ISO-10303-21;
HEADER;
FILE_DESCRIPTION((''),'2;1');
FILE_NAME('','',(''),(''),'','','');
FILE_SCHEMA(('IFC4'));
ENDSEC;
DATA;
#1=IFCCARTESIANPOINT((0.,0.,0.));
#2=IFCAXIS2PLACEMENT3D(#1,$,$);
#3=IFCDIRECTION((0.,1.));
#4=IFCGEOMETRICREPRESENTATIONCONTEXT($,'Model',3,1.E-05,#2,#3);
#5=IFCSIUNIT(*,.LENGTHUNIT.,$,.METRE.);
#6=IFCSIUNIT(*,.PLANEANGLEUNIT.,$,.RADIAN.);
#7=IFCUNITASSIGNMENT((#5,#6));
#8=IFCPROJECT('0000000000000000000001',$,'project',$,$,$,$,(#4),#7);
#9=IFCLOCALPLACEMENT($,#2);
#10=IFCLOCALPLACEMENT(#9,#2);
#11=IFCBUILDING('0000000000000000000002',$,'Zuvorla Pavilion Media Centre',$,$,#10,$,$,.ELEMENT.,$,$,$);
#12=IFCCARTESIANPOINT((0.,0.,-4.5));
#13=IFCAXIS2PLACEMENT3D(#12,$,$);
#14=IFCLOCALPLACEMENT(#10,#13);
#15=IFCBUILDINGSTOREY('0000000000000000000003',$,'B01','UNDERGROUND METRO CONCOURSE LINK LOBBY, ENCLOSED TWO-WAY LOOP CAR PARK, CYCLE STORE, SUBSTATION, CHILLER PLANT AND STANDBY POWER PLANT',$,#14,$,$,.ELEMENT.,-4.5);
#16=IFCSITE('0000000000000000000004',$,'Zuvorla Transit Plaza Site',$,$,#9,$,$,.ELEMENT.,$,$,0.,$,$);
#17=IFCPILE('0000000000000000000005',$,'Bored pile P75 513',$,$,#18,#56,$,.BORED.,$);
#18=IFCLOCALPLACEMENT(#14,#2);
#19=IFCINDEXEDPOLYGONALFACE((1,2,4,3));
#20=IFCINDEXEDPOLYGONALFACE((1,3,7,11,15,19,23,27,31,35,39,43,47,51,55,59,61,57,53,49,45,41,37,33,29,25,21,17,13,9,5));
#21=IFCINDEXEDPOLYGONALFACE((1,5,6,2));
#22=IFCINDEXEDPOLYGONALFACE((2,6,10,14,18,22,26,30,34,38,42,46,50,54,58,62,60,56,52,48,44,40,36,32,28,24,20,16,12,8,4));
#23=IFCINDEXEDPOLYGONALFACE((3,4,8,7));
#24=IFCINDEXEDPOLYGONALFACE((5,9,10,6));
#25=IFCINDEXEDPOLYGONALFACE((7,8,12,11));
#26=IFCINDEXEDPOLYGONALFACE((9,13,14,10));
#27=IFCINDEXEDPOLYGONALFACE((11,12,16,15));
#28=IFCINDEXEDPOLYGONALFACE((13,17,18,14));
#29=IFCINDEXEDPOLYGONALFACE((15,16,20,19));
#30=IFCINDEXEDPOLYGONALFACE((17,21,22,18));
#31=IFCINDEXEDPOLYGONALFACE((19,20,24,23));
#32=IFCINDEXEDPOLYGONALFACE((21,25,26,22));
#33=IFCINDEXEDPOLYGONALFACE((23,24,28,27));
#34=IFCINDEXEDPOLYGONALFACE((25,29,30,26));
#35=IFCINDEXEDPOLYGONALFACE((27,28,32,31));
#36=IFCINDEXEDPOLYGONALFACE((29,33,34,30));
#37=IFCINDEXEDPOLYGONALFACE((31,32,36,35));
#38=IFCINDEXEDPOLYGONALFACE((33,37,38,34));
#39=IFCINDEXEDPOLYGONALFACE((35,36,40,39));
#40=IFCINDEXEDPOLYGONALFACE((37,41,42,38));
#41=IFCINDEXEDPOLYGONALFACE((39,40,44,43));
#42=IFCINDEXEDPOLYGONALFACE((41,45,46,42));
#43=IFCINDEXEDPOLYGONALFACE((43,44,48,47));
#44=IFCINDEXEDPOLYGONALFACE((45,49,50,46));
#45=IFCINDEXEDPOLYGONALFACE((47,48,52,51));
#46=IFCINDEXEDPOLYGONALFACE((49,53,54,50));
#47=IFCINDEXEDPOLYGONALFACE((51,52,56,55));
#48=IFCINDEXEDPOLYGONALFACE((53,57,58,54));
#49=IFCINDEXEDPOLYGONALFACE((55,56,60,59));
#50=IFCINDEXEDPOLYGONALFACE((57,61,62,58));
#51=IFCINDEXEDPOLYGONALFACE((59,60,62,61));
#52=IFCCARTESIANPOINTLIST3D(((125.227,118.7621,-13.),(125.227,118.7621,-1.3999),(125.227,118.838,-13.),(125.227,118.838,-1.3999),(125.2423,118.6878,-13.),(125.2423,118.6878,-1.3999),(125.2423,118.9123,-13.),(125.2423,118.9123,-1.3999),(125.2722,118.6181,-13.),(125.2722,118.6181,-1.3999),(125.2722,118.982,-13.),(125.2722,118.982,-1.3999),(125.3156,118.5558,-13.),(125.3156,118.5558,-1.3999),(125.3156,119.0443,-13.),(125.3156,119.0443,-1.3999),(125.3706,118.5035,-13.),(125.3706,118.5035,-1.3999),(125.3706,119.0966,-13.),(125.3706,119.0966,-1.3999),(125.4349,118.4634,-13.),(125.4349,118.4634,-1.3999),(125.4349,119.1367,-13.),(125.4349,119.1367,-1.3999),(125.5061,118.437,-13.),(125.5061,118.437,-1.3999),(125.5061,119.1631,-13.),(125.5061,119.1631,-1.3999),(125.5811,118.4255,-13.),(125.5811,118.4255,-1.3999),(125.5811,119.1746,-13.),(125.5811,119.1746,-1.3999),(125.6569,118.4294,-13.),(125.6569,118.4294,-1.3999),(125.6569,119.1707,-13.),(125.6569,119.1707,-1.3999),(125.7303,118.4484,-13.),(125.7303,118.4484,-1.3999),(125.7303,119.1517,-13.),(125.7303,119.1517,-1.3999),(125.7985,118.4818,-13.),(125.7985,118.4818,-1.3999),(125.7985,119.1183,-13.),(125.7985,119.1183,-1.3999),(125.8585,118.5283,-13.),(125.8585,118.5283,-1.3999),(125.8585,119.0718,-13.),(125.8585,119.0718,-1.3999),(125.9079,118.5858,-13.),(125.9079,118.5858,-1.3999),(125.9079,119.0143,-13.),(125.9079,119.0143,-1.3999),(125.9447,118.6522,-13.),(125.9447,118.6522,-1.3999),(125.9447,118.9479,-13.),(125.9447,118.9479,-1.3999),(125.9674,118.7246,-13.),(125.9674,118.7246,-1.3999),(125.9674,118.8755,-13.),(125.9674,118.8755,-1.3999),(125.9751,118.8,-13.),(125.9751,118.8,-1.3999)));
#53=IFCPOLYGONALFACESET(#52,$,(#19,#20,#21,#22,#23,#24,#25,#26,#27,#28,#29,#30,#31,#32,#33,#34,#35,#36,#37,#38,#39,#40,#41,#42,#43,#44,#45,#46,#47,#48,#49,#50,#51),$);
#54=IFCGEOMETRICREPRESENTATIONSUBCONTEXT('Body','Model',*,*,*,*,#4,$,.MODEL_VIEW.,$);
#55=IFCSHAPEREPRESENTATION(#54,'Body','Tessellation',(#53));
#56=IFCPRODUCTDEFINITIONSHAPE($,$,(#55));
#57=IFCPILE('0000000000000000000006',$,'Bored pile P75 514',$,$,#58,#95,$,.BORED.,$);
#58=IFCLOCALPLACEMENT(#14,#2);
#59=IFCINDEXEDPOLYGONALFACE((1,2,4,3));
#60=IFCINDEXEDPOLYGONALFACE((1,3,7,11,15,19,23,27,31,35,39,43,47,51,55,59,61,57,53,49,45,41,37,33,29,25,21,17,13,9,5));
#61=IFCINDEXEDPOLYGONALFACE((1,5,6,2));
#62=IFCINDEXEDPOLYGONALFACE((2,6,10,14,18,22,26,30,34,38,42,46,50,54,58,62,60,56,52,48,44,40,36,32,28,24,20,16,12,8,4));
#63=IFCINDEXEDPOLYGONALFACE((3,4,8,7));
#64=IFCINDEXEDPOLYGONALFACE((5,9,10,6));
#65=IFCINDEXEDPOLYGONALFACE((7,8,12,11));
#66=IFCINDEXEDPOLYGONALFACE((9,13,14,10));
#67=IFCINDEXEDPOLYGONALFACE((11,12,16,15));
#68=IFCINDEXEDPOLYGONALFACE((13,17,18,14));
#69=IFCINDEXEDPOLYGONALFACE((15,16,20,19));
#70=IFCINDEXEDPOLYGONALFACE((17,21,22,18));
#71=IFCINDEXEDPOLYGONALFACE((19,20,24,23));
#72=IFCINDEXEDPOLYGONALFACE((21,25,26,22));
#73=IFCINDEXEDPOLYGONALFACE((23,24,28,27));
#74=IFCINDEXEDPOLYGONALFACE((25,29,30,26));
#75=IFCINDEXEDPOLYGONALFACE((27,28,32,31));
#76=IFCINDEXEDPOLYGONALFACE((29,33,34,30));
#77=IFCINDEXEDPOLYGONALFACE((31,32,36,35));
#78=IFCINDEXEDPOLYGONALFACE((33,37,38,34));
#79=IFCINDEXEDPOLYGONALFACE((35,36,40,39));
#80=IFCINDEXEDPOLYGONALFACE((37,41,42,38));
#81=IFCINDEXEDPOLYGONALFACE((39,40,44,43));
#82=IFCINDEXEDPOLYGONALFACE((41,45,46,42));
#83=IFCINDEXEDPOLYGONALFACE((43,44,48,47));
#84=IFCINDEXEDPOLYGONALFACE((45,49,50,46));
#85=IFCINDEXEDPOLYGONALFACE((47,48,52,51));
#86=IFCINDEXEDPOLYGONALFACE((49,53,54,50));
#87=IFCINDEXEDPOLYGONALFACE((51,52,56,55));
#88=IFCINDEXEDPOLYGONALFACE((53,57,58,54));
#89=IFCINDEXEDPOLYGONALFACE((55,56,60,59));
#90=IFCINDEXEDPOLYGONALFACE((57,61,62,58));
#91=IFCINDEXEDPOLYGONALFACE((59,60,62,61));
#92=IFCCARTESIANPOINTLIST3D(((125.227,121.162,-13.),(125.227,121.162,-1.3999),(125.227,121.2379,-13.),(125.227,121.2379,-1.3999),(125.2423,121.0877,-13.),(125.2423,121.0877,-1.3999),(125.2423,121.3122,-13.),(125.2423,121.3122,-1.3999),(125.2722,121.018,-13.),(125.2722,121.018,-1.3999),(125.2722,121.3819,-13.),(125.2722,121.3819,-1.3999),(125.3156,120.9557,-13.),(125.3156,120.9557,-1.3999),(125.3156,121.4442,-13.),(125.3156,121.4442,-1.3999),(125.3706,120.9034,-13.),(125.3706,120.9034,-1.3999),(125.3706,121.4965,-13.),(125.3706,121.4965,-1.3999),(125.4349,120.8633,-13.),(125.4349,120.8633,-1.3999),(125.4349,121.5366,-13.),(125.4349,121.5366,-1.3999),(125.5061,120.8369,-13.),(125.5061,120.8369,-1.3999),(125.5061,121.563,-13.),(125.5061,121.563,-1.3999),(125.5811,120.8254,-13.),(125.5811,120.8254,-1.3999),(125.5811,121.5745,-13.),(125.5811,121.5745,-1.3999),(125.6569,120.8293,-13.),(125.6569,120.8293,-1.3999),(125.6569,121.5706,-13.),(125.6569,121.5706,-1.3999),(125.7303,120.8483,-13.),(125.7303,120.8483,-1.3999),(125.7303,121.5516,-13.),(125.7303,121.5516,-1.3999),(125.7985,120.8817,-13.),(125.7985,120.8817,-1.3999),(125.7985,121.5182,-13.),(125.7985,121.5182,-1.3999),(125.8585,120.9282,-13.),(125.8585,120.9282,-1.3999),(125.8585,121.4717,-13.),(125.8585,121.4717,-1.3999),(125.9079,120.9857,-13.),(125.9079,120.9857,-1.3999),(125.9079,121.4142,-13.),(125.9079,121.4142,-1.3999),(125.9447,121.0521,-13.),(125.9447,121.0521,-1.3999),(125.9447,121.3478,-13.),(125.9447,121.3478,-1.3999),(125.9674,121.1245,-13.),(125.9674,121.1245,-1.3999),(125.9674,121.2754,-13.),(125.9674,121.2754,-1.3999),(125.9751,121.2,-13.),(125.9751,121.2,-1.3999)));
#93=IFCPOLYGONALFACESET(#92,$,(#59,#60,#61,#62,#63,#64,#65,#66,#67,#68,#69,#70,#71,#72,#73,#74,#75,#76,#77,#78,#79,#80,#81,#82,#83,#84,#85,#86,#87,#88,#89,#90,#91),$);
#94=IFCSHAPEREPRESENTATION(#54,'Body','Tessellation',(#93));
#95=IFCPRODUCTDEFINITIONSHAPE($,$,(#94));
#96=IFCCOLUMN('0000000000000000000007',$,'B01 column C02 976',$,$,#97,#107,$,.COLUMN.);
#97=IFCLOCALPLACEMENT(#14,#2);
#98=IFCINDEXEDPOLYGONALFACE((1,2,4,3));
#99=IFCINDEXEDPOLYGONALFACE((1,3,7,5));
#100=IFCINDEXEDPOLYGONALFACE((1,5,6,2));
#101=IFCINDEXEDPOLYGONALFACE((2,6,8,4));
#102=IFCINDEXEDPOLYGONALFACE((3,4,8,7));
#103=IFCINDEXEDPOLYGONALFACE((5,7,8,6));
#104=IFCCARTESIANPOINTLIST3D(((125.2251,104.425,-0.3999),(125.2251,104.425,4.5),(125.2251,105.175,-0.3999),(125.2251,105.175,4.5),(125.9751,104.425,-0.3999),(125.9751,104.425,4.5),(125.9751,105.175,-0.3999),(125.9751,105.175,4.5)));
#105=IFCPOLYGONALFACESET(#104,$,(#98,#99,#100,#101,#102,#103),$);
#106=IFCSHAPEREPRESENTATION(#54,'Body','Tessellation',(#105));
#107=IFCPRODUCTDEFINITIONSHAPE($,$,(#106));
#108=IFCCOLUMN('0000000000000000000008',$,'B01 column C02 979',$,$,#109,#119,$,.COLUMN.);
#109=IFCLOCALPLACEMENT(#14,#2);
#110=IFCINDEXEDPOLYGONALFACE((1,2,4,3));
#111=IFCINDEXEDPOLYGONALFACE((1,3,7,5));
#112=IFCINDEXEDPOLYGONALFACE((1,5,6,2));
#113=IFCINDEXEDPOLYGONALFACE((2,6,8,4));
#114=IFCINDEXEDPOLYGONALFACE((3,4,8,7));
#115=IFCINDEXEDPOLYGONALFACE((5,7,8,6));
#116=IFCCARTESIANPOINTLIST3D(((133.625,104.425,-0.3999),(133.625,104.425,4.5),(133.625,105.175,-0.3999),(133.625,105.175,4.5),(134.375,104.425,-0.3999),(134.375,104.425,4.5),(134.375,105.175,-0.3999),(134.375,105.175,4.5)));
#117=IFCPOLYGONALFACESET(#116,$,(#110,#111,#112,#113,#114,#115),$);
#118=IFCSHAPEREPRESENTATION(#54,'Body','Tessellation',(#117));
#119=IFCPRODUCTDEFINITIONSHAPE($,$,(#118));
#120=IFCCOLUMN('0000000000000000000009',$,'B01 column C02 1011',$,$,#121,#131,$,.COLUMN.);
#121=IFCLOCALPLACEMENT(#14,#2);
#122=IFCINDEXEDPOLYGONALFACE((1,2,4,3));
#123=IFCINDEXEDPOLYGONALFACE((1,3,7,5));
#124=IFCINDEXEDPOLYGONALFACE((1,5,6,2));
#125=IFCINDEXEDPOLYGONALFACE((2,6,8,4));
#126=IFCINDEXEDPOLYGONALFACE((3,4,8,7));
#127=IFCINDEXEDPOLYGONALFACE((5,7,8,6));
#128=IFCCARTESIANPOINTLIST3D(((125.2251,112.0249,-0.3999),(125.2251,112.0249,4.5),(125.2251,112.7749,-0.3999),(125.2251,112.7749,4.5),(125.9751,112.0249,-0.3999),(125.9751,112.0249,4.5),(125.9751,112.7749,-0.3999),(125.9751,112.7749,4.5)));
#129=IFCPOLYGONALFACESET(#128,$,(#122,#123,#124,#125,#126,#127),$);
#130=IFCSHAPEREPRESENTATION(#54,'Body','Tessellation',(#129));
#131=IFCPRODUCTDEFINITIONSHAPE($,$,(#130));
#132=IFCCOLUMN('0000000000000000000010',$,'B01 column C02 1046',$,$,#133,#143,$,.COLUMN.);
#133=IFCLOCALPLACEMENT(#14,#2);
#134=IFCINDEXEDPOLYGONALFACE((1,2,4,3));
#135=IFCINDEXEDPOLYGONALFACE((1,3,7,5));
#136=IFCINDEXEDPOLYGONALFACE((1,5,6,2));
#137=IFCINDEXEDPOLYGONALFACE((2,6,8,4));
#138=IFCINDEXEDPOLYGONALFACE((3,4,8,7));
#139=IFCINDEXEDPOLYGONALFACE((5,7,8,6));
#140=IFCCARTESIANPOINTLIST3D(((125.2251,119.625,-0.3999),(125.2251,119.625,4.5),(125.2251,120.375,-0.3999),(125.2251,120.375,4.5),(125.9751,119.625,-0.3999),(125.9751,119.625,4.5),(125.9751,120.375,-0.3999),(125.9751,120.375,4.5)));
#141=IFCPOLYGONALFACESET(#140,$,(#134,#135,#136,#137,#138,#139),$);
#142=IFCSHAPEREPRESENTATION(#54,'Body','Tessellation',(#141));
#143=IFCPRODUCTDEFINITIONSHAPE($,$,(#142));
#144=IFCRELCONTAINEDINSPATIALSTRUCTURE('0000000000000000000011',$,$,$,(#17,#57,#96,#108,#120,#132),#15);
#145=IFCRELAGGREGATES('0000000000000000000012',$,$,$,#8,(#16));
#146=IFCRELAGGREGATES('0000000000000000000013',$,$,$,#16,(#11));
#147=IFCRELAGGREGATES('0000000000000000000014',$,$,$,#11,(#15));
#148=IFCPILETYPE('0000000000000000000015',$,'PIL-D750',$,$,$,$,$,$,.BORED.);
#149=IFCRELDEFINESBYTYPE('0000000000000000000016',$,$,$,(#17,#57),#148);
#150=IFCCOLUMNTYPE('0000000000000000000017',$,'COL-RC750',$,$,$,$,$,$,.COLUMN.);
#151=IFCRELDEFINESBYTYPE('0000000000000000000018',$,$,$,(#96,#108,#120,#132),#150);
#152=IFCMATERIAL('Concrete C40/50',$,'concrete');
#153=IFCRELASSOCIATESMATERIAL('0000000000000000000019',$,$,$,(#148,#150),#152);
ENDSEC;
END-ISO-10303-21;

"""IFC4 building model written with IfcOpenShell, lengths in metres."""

from ifc_helpers import new_model, si_unit, direction, frame, origin, origin_2d, place, context, subcontext, project, spatial, rectangle, circle, extrude, material, material_profile, profile_set, type_object, element, save


model = new_model("IFC4")

# Units and contexts
model_context = context("Model", 3, precision=1e-05, world=origin(), true_north=direction((0.0, 1.0)))
body_context = subcontext(model_context, "Body", "Model", "MODEL_VIEW")
ifc_project = project(units=[si_unit("LENGTHUNIT", "METRE"), si_unit("PLANEANGLEUNIT", "RADIAN")], contexts=[model_context])

# Site, building, storey
site_placement = place(None, origin())
site = spatial("IfcSite", under=ifc_project, at=site_placement, Name="Zuvorla Transit Plaza Site", CompositionType="ELEMENT", RefElevation=0.0)
building_placement = place(site_placement, origin())
building = spatial("IfcBuilding", under=site, at=building_placement, Name="Zuvorla Pavilion Media Centre", CompositionType="ELEMENT")
storey_placement = place(building_placement, frame((0.0, 0.0, -4.5)))
storey = spatial("IfcBuildingStorey", under=building, at=storey_placement, Name="B01", Description="UNDERGROUND METRO CONCOURSE LINK LOBBY, ENCLOSED TWO-WAY LOOP CAR PARK, CYCLE STORE, SUBSTATION, CHILLER PLANT AND STANDBY POWER PLANT", CompositionType="ELEMENT", Elevation=-4.5)

# Shared definitions
ifc_material = material(Name="Concrete C40/50", Category="concrete")

# Piles
ifc_material_profile_1 = material_profile(ifc_material, circle(Radius=0.375, at=origin_2d()), Name="BORED PILE 750")
ifc_profile_set_1 = profile_set([ifc_material_profile_1], Name="Concrete C40/50")
pile_type = type_object("IfcPileType", Name="PIL-D750", PredefinedType="BORED", material=ifc_profile_set_1)
for number, where, z_axis, x_axis, name in (
    (1, (125.6001, 118.8, -1.3999), (0.0, 0.0, -1.0), (1.0, 0.0, 0.0), "Bored pile P75 513"),
    (2, (125.6001, 121.2, -1.3999), (0.0, 0.0, -1.0), (1.0, 0.0, 0.0), "Bored pile P75 514"),
):
    element("IfcPile", number, at=place(storey_placement, frame(where, z_axis=z_axis, x_axis=x_axis)), inside=storey, type_object=pile_type, Name=name, PredefinedType="BORED", context=body_context, shape_type="SweptSolid", body=[
        extrude(circle(Radius=0.375, at=origin_2d()), origin(), (0.0, 0.0, 1.0), 11.6001),
    ])

# Columns
ifc_material_profile_2 = material_profile(ifc_material, rectangle(XDim=0.75, YDim=0.75, at=origin_2d()), Name="RC 750x750")
ifc_profile_set_2 = profile_set([ifc_material_profile_2], Name="Concrete C40/50")
column_type = type_object("IfcColumnType", Name="COL-RC750", PredefinedType="COLUMN", material=ifc_profile_set_2)
for number, where, z_axis, x_axis, name in (
    (3, (125.6001, 104.8, -0.3999), (0.0, 0.0, 1.0), (1.0, 0.0, 0.0), "B01 column C02 976"),
    (4, (134.0, 104.8, -0.3999), (0.0, 0.0, 1.0), (1.0, 0.0, 0.0), "B01 column C02 979"),
    (5, (125.6001, 112.3999, -0.3999), (0.0, 0.0, 1.0), (1.0, 0.0, 0.0), "B01 column C02 1011"),
    (6, (125.6001, 120.0, -0.3999), (0.0, 0.0, 1.0), (1.0, 0.0, 0.0), "B01 column C02 1046"),
):
    element("IfcColumn", number, at=place(storey_placement, frame(where, z_axis=z_axis, x_axis=x_axis)), inside=storey, type_object=column_type, Name=name, PredefinedType="COLUMN", context=body_context, shape_type="SweptSolid", body=[
        extrude(rectangle(XDim=0.75, YDim=0.75, at=origin_2d()), origin(), (0.0, 0.0, 1.0), 4.8999),
    ])

save(model, "model.ifc")
